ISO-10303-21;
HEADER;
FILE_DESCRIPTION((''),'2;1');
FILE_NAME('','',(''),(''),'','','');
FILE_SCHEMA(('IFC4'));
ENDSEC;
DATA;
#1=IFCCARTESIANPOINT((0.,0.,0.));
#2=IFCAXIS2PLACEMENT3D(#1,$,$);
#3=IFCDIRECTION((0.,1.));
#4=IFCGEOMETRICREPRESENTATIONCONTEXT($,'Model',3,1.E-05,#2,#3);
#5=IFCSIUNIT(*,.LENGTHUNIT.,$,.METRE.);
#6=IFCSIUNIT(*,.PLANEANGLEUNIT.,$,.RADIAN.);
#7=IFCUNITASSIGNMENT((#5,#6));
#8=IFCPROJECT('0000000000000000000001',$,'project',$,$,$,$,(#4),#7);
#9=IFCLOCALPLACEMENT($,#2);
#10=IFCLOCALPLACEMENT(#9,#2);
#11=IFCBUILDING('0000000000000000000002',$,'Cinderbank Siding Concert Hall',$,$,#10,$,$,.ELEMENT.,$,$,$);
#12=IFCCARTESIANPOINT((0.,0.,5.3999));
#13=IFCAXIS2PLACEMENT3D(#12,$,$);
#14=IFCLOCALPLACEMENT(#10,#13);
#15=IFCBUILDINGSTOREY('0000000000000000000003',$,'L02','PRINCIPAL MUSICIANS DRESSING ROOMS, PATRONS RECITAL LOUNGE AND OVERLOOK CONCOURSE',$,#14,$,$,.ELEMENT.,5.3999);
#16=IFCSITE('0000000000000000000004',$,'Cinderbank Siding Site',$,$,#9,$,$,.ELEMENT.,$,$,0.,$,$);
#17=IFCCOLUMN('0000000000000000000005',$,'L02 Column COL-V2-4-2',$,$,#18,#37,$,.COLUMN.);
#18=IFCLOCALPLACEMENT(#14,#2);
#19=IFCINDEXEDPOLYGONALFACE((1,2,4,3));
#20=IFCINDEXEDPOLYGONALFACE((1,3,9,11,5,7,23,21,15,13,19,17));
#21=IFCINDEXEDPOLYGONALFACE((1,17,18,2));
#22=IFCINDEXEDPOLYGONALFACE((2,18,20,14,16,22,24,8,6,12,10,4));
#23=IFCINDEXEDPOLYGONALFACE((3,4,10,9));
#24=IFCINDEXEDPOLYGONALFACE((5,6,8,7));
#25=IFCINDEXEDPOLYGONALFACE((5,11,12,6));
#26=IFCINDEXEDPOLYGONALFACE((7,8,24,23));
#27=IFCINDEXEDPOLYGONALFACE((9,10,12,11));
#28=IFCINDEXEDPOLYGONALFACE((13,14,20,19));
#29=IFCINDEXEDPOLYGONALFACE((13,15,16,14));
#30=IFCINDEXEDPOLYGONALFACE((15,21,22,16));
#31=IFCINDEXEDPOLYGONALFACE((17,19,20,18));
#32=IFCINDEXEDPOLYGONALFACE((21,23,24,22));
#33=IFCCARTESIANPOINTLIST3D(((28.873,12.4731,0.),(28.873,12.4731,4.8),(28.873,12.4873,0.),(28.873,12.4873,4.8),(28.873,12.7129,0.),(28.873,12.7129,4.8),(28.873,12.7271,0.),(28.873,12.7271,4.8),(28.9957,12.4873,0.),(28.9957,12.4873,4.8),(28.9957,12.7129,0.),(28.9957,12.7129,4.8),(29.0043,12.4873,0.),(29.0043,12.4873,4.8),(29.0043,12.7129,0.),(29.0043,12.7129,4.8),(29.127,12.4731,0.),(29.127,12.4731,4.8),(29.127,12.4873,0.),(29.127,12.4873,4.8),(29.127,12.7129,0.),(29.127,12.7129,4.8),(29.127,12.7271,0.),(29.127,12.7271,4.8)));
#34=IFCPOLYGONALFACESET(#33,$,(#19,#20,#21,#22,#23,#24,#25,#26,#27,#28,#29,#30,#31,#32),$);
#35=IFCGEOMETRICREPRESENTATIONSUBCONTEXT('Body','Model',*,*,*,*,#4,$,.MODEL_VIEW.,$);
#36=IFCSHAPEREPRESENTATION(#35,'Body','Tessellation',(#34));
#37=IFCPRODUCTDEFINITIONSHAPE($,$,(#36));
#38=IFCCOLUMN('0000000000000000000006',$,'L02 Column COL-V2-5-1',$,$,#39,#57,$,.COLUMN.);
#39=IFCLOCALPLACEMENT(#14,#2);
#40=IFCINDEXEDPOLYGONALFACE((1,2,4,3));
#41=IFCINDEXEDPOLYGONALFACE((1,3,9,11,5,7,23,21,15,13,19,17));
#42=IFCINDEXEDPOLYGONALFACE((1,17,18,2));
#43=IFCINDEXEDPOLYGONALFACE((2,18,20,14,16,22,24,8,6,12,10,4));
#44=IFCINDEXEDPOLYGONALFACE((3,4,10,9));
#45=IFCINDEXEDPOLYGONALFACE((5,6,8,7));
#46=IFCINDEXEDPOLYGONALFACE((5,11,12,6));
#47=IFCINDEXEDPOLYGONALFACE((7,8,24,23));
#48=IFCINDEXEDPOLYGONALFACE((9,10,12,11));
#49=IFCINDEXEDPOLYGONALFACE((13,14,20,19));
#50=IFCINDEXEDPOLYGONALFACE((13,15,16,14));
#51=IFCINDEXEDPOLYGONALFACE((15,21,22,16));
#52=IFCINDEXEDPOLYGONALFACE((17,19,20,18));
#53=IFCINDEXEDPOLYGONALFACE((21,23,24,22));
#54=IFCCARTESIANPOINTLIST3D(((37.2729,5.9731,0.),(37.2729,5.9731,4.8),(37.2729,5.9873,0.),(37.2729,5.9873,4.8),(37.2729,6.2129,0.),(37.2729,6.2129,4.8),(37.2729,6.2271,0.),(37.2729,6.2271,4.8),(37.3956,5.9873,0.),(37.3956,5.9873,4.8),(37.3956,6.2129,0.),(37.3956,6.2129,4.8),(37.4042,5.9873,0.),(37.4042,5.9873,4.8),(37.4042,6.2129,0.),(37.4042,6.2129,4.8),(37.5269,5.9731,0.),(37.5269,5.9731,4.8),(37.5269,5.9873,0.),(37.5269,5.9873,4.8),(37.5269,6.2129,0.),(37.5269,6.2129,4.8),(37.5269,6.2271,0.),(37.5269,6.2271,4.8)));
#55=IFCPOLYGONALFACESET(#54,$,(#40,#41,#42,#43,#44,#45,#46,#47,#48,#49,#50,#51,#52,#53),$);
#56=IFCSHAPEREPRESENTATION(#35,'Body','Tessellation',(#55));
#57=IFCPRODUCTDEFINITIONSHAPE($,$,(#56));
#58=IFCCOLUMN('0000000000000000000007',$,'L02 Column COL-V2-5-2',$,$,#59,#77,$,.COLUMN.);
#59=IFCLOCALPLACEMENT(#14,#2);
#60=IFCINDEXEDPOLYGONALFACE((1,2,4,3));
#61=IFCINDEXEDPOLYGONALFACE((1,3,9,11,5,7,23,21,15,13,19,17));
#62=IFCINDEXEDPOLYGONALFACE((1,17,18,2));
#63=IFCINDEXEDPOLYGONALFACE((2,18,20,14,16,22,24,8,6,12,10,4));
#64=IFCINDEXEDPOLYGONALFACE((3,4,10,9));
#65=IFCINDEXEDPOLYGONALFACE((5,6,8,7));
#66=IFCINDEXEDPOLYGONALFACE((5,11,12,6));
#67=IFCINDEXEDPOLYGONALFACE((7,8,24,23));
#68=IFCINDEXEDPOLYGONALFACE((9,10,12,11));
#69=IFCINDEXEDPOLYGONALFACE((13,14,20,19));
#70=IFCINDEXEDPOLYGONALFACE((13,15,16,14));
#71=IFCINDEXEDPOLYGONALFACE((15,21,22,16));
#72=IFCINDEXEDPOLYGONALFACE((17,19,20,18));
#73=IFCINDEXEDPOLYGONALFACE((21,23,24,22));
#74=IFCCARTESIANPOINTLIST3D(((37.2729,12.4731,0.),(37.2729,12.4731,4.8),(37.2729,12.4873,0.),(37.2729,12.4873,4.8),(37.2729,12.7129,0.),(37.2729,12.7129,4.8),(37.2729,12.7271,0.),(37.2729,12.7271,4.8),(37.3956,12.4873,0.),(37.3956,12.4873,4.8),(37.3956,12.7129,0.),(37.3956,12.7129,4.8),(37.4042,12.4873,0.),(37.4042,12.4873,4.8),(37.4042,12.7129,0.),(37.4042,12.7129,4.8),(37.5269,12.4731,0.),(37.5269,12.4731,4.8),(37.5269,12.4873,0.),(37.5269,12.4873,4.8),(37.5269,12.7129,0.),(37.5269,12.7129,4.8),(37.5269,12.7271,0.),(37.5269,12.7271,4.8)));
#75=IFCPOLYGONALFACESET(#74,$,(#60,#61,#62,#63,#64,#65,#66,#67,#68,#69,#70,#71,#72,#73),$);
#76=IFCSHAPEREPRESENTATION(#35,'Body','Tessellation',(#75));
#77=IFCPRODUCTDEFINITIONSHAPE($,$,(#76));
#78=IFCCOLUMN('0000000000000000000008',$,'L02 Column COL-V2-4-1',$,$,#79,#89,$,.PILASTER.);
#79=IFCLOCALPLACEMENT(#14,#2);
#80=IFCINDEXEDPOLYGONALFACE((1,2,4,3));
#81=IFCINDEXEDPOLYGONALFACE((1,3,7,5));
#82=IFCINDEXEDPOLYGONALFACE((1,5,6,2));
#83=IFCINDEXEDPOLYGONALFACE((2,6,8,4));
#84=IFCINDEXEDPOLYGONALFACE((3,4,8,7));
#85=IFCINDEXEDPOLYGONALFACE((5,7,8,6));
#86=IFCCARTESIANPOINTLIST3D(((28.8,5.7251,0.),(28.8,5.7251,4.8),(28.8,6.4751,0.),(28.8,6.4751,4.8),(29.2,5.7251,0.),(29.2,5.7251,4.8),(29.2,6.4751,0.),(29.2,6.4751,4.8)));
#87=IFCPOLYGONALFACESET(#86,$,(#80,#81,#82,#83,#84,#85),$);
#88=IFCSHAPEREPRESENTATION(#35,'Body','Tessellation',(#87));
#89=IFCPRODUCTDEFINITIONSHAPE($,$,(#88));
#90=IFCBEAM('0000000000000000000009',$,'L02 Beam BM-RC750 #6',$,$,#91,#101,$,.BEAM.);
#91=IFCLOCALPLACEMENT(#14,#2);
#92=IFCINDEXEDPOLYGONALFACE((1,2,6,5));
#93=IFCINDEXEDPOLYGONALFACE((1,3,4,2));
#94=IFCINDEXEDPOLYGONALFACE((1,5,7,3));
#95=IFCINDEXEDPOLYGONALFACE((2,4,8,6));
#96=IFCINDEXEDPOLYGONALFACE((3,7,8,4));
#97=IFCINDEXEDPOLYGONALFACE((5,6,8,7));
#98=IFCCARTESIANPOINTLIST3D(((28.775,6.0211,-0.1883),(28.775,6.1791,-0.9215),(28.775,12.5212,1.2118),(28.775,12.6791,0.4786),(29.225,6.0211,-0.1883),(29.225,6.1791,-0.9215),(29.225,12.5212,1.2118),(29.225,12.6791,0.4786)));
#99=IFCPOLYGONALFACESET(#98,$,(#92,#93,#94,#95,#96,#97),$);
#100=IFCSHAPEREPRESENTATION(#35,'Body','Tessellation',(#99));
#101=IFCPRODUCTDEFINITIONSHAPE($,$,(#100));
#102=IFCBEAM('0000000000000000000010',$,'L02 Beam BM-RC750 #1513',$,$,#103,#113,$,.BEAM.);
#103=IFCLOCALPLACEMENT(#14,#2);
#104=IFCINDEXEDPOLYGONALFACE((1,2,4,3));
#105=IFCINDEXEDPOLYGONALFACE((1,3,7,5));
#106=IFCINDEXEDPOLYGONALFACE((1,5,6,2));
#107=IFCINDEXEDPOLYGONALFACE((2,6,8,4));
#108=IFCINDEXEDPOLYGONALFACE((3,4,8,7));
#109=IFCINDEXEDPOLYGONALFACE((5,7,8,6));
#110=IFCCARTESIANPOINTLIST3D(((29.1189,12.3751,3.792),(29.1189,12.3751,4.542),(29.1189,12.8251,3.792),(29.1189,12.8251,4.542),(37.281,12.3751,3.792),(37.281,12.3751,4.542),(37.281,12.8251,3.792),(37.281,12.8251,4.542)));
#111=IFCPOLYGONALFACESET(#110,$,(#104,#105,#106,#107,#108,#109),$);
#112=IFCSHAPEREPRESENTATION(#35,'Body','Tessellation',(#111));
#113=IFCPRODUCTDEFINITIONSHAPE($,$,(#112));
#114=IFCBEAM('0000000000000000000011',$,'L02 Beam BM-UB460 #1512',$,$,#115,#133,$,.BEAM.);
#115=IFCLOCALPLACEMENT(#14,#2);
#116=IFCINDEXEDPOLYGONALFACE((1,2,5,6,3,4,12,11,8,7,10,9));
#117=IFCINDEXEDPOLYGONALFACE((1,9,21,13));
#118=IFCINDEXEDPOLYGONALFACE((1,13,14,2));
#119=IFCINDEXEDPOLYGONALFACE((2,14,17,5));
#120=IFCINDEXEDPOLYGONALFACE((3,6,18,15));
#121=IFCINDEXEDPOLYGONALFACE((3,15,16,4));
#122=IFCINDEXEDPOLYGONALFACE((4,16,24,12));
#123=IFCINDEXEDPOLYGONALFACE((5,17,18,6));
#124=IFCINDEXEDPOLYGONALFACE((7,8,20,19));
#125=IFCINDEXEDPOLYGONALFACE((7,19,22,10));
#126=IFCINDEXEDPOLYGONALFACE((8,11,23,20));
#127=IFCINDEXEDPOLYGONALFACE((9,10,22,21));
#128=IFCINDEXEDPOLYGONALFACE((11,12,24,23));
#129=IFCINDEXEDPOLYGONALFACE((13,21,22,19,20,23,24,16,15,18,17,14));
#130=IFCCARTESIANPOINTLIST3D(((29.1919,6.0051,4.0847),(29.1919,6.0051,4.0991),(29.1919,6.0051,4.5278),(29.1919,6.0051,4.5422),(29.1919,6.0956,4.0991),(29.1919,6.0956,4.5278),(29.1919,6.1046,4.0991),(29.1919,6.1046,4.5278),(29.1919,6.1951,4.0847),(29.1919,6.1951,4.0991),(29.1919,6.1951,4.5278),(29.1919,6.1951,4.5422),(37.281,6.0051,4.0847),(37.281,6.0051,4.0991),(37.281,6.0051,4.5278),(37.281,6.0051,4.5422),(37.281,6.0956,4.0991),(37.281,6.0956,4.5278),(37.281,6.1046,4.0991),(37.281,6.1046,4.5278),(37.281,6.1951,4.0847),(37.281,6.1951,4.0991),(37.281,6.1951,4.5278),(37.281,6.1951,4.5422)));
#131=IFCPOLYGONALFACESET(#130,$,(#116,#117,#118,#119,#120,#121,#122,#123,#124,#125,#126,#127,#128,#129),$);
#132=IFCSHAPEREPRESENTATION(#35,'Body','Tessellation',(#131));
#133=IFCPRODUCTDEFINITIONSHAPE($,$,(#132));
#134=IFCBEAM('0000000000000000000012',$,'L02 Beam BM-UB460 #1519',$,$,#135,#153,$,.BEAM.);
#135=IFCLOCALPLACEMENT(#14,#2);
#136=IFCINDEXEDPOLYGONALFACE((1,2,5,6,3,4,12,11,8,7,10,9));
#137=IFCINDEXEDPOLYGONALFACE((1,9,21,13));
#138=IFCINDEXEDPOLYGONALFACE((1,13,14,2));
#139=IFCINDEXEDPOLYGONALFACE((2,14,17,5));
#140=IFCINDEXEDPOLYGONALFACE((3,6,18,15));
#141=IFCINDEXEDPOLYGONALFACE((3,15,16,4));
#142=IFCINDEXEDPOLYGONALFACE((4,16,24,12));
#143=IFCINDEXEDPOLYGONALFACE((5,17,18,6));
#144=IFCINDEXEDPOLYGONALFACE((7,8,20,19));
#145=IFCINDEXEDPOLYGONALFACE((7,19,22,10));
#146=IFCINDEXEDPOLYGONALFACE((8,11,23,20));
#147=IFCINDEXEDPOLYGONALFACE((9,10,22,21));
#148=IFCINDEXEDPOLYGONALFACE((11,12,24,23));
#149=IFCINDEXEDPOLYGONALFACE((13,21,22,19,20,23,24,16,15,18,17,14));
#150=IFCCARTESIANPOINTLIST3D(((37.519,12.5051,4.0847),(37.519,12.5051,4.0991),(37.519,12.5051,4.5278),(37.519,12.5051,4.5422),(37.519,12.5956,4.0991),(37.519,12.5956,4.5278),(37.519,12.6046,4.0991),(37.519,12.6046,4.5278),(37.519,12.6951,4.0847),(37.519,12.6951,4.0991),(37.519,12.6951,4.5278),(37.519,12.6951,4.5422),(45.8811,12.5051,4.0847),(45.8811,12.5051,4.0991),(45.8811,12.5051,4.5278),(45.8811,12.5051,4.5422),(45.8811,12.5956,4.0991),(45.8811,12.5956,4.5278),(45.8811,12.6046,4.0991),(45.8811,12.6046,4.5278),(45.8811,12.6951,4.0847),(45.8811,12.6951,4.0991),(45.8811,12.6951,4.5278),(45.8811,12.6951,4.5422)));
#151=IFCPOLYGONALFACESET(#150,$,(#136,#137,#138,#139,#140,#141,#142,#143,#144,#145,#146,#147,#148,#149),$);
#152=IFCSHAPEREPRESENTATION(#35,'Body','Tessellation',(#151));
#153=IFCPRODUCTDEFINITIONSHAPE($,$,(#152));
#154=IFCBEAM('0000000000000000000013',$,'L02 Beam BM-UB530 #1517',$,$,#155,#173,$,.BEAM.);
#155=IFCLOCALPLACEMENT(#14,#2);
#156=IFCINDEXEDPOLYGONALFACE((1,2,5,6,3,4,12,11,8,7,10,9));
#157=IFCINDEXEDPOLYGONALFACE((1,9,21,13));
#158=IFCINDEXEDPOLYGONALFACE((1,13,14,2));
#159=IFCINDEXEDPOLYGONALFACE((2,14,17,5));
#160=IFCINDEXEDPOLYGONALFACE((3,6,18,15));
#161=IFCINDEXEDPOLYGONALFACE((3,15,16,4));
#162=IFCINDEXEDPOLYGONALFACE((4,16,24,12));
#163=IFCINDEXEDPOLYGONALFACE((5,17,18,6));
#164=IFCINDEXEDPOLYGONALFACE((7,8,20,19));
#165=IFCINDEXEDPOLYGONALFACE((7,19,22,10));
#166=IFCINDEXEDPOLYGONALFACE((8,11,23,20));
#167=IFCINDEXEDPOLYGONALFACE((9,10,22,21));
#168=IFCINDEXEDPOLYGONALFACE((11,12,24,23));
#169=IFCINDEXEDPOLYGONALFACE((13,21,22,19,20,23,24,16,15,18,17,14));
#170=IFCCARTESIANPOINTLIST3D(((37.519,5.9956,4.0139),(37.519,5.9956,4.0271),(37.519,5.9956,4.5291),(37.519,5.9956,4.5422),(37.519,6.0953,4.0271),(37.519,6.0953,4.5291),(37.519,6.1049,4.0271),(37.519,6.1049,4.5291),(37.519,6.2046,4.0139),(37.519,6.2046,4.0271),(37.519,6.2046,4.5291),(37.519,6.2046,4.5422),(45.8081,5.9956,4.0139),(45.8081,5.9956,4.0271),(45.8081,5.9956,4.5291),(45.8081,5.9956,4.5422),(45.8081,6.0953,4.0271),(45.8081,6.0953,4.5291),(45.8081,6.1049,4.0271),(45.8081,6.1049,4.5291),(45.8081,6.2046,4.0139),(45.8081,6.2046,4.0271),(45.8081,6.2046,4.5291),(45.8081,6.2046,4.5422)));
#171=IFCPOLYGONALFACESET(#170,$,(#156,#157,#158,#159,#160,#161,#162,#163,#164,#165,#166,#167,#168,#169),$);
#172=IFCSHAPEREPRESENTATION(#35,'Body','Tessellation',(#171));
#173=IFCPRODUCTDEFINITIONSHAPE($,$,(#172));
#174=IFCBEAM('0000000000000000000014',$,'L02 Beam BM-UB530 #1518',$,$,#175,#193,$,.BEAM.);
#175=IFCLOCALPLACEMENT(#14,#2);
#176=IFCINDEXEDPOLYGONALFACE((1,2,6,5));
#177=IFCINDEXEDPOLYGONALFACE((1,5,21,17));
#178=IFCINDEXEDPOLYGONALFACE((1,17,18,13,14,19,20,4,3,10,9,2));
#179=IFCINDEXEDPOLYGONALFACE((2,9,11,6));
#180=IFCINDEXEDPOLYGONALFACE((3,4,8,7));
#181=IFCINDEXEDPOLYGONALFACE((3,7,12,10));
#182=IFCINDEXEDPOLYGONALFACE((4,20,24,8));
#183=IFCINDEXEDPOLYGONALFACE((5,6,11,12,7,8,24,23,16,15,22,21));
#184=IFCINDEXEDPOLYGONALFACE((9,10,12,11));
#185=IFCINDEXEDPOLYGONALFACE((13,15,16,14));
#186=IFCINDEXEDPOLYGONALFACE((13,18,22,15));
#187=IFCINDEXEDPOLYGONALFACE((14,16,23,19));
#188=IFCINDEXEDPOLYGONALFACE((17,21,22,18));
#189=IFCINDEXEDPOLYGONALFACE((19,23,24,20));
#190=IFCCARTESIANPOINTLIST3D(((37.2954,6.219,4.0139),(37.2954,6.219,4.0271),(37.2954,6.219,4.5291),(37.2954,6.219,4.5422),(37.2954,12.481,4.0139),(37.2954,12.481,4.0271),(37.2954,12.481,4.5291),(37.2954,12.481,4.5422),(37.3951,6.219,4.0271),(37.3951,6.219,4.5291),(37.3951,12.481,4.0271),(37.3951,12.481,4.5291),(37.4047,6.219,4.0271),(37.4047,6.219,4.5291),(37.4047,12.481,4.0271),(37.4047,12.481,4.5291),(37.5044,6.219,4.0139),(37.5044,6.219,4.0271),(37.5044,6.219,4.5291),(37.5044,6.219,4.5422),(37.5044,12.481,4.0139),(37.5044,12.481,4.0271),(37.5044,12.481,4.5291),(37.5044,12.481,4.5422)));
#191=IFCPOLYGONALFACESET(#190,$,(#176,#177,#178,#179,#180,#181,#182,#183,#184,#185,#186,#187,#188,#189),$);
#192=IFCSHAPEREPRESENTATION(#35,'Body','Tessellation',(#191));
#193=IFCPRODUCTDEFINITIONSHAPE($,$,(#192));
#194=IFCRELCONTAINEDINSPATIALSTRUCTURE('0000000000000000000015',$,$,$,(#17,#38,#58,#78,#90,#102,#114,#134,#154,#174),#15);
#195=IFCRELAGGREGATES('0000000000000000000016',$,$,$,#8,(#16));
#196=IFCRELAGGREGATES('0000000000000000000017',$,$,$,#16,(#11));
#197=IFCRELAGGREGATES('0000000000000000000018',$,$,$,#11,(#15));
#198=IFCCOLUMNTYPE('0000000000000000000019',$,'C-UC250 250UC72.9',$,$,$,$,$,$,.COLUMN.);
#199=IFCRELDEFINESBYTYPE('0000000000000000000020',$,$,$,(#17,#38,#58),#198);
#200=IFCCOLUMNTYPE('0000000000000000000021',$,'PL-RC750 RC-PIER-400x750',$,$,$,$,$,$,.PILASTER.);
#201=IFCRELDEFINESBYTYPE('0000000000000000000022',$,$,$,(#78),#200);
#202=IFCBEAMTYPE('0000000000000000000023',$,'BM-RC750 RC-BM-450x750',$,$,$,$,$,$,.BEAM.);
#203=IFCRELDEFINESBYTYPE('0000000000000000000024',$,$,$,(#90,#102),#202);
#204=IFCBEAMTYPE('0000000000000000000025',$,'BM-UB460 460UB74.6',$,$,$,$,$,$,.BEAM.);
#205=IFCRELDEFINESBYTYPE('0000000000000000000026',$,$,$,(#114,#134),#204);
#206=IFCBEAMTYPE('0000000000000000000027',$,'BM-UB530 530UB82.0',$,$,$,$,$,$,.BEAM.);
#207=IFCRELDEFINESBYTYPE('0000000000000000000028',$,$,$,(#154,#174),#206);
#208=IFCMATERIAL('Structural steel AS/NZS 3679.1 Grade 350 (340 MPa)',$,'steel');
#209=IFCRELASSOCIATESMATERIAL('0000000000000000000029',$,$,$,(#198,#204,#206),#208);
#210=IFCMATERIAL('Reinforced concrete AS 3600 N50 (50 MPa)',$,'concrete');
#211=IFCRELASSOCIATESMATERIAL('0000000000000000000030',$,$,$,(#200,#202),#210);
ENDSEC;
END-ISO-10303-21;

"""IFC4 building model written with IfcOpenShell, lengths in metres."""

from ifc_helpers import new_model, si_unit, direction, frame, origin, origin_2d, place, context, subcontext, project, spatial, rectangle, i_section, extrude, material, material_profile, profile_set, type_object, element, save


model = new_model("IFC4")

# Units and contexts
model_context = context("Model", 3, precision=1e-05, world=origin(), true_north=direction((0.0, 1.0)))
body_context = subcontext(model_context, "Body", "Model", "MODEL_VIEW")
ifc_project = project(units=[si_unit("LENGTHUNIT", "METRE"), si_unit("PLANEANGLEUNIT", "RADIAN")], contexts=[model_context])

# Site, building, storey
site_placement = place(None, origin())
site = spatial("IfcSite", under=ifc_project, at=site_placement, Name="Cinderbank Siding Site", CompositionType="ELEMENT", RefElevation=0.0)
building_placement = place(site_placement, origin())
building = spatial("IfcBuilding", under=site, at=building_placement, Name="Cinderbank Siding Concert Hall", CompositionType="ELEMENT")
storey_placement = place(building_placement, frame((0.0, 0.0, 5.3999)))
storey = spatial("IfcBuildingStorey", under=building, at=storey_placement, Name="L02", Description="PRINCIPAL MUSICIANS DRESSING ROOMS, PATRONS RECITAL LOUNGE AND OVERLOOK CONCOURSE", CompositionType="ELEMENT", Elevation=5.3999)

# Columns
ifc_material_1 = material(Name="Structural steel AS/NZS 3679.1 Grade 350 (340 MPa)", Category="steel")
ifc_material_profile_1 = material_profile(ifc_material_1, i_section(OverallWidth=0.2539, OverallDepth=0.2539, WebThickness=0.0085, FlangeThickness=0.0142, at=origin_2d()), Name="250UC72.9", Category="LoadBearing")
ifc_profile_set_1 = profile_set([ifc_material_profile_1], Name="Structural steel AS/NZS 3679.1 Grade 350 (340 MPa)")
column_type_1 = type_object("IfcColumnType", Name="C-UC250 250UC72.9", PredefinedType="COLUMN", material=ifc_profile_set_1)
for number, where, z_axis, x_axis, name in (
    (1, (29.0, 12.6001, 0.0), (0.0, 0.0, 1.0), (1.0, 0.0, 0.0), "L02 Column COL-V2-4-2"),
    (2, (37.3999, 6.1001, 0.0), (0.0, 0.0, 1.0), (1.0, 0.0, 0.0), "L02 Column COL-V2-5-1"),
    (3, (37.3999, 12.6001, 0.0), (0.0, 0.0, 1.0), (1.0, 0.0, 0.0), "L02 Column COL-V2-5-2"),
):
    element("IfcColumn", number, at=place(storey_placement, frame(where, z_axis=z_axis, x_axis=x_axis)), inside=storey, type_object=column_type_1, Name=name, PredefinedType="COLUMN", context=body_context, shape_type="SweptSolid", body=[
        extrude(i_section(OverallWidth=0.2539, OverallDepth=0.2539, WebThickness=0.0085, FlangeThickness=0.0142, at=origin_2d()), origin(), (0.0, 0.0, 1.0), 4.8),
    ])
ifc_material_2 = material(Name="Reinforced concrete AS 3600 N50 (50 MPa)", Category="concrete")
ifc_material_profile_2 = material_profile(ifc_material_2, rectangle(XDim=0.3999, YDim=0.75, at=origin_2d()), Name="RC-PIER-400x750", Category="LoadBearing")
ifc_profile_set_2 = profile_set([ifc_material_profile_2], Name="Reinforced concrete AS 3600 N50 (50 MPa)")
column_type_2 = type_object("IfcColumnType", Name="PL-RC750 RC-PIER-400x750", PredefinedType="PILASTER", material=ifc_profile_set_2)
column_placement = place(storey_placement, frame((29.0, 6.1001, 0.0), z_axis=(0.0, 0.0, 1.0), x_axis=(1.0, 0.0, 0.0)))
element("IfcColumn", 4, at=column_placement, inside=storey, type_object=column_type_2, Name="L02 Column COL-V2-4-1", PredefinedType="PILASTER", context=body_context, shape_type="SweptSolid", body=[
    extrude(rectangle(XDim=0.3999, YDim=0.75, at=origin_2d()), origin(), (0.0, 0.0, 1.0), 4.8),
])

# Beams
ifc_material_profile_3 = material_profile(ifc_material_2, rectangle(XDim=0.45, YDim=0.75, at=origin_2d()), Name="RC-BM-450x750", Category="LoadBearing")
ifc_profile_set_3 = profile_set([ifc_material_profile_3], Name="Reinforced concrete AS 3600 N50 (50 MPa)")
beam_type_1 = type_object("IfcBeamType", Name="BM-RC750 RC-BM-450x750", PredefinedType="BEAM", material=ifc_profile_set_3)
beam_1_placement = place(storey_placement, frame((29.0, 6.1001, -0.5549), z_axis=(0.0, 0.977577, 0.210577), x_axis=(-1.0, 0.0, 0.0)))
element("IfcBeam", 5, at=beam_1_placement, inside=storey, type_object=beam_type_1, Name="L02 Beam BM-RC750 #6", PredefinedType="BEAM", context=body_context, shape_type="SweptSolid", body=[
    extrude(rectangle(XDim=0.45, YDim=0.75, at=origin_2d()), origin(), (0.0, 0.0, 1.0), 6.6492),
])
beam_2_placement = place(storey_placement, frame((29.1189, 12.6001, 4.167), z_axis=(1.0, 0.0, 0.0), x_axis=(0.0, 1.0, 0.0)))
element("IfcBeam", 6, at=beam_2_placement, inside=storey, type_object=beam_type_1, Name="L02 Beam BM-RC750 #1513", PredefinedType="BEAM", context=body_context, shape_type="SweptSolid", body=[
    extrude(rectangle(XDim=0.45, YDim=0.75, at=origin_2d()), origin(), (0.0, 0.0, 1.0), 8.1621),
])
ifc_material_profile_4 = material_profile(ifc_material_1, i_section(OverallWidth=0.1899, OverallDepth=0.4575, WebThickness=0.009, FlangeThickness=0.0144, at=origin_2d()), Name="460UB74.6", Category="LoadBearing")
ifc_profile_set_4 = profile_set([ifc_material_profile_4], Name="Structural steel AS/NZS 3679.1 Grade 350 (340 MPa)")
beam_type_2 = type_object("IfcBeamType", Name="BM-UB460 460UB74.6", PredefinedType="BEAM", material=ifc_profile_set_4)
beam_3_placement = place(storey_placement, frame((29.1919, 6.1001, 4.3135), z_axis=(1.0, 0.0, 0.0), x_axis=(0.0, 1.0, 0.0)))
element("IfcBeam", 7, at=beam_3_placement, inside=storey, type_object=beam_type_2, Name="L02 Beam BM-UB460 #1512", PredefinedType="BEAM", context=body_context, shape_type="SweptSolid", body=[
    extrude(i_section(OverallWidth=0.1899, OverallDepth=0.4575, WebThickness=0.009, FlangeThickness=0.0144, at=origin_2d()), origin(), (0.0, 0.0, 1.0), 8.0891),
])
beam_4_placement = place(storey_placement, frame((37.519, 12.6001, 4.3135), z_axis=(1.0, 0.0, 0.0), x_axis=(0.0, 1.0, 0.0)))
element("IfcBeam", 8, at=beam_4_placement, inside=storey, type_object=beam_type_2, Name="L02 Beam BM-UB460 #1519", PredefinedType="BEAM", context=body_context, shape_type="SweptSolid", body=[
    extrude(i_section(OverallWidth=0.1899, OverallDepth=0.4575, WebThickness=0.009, FlangeThickness=0.0144, at=origin_2d()), origin(), (0.0, 0.0, 1.0), 8.3621),
])
ifc_material_profile_5 = material_profile(ifc_material_1, i_section(OverallWidth=0.209, OverallDepth=0.5283, WebThickness=0.0095, FlangeThickness=0.0132, at=origin_2d()), Name="530UB82.0", Category="LoadBearing")
ifc_profile_set_5 = profile_set([ifc_material_profile_5], Name="Structural steel AS/NZS 3679.1 Grade 350 (340 MPa)")
beam_type_3 = type_object("IfcBeamType", Name="BM-UB530 530UB82.0", PredefinedType="BEAM", material=ifc_profile_set_5)
beam_5_placement = place(storey_placement, frame((37.519, 6.1001, 4.2781), z_axis=(1.0, 0.0, 0.0), x_axis=(0.0, 1.0, 0.0)))
element("IfcBeam", 9, at=beam_5_placement, inside=storey, type_object=beam_type_3, Name="L02 Beam BM-UB530 #1517", PredefinedType="BEAM", context=body_context, shape_type="SweptSolid", body=[
    extrude(i_section(OverallWidth=0.209, OverallDepth=0.5283, WebThickness=0.0095, FlangeThickness=0.0132, at=origin_2d()), origin(), (0.0, 0.0, 1.0), 8.2891),
])
beam_6_placement = place(storey_placement, frame((37.3999, 6.219, 4.2781), z_axis=(0.0, 1.0, 0.0), x_axis=(-1.0, 0.0, 0.0)))
element("IfcBeam", 10, at=beam_6_placement, inside=storey, type_object=beam_type_3, Name="L02 Beam BM-UB530 #1518", PredefinedType="BEAM", context=body_context, shape_type="SweptSolid", body=[
    extrude(i_section(OverallWidth=0.209, OverallDepth=0.5283, WebThickness=0.0095, FlangeThickness=0.0132, at=origin_2d()), origin(), (0.0, 0.0, 1.0), 6.262),
])

save(model, "model.ifc")
